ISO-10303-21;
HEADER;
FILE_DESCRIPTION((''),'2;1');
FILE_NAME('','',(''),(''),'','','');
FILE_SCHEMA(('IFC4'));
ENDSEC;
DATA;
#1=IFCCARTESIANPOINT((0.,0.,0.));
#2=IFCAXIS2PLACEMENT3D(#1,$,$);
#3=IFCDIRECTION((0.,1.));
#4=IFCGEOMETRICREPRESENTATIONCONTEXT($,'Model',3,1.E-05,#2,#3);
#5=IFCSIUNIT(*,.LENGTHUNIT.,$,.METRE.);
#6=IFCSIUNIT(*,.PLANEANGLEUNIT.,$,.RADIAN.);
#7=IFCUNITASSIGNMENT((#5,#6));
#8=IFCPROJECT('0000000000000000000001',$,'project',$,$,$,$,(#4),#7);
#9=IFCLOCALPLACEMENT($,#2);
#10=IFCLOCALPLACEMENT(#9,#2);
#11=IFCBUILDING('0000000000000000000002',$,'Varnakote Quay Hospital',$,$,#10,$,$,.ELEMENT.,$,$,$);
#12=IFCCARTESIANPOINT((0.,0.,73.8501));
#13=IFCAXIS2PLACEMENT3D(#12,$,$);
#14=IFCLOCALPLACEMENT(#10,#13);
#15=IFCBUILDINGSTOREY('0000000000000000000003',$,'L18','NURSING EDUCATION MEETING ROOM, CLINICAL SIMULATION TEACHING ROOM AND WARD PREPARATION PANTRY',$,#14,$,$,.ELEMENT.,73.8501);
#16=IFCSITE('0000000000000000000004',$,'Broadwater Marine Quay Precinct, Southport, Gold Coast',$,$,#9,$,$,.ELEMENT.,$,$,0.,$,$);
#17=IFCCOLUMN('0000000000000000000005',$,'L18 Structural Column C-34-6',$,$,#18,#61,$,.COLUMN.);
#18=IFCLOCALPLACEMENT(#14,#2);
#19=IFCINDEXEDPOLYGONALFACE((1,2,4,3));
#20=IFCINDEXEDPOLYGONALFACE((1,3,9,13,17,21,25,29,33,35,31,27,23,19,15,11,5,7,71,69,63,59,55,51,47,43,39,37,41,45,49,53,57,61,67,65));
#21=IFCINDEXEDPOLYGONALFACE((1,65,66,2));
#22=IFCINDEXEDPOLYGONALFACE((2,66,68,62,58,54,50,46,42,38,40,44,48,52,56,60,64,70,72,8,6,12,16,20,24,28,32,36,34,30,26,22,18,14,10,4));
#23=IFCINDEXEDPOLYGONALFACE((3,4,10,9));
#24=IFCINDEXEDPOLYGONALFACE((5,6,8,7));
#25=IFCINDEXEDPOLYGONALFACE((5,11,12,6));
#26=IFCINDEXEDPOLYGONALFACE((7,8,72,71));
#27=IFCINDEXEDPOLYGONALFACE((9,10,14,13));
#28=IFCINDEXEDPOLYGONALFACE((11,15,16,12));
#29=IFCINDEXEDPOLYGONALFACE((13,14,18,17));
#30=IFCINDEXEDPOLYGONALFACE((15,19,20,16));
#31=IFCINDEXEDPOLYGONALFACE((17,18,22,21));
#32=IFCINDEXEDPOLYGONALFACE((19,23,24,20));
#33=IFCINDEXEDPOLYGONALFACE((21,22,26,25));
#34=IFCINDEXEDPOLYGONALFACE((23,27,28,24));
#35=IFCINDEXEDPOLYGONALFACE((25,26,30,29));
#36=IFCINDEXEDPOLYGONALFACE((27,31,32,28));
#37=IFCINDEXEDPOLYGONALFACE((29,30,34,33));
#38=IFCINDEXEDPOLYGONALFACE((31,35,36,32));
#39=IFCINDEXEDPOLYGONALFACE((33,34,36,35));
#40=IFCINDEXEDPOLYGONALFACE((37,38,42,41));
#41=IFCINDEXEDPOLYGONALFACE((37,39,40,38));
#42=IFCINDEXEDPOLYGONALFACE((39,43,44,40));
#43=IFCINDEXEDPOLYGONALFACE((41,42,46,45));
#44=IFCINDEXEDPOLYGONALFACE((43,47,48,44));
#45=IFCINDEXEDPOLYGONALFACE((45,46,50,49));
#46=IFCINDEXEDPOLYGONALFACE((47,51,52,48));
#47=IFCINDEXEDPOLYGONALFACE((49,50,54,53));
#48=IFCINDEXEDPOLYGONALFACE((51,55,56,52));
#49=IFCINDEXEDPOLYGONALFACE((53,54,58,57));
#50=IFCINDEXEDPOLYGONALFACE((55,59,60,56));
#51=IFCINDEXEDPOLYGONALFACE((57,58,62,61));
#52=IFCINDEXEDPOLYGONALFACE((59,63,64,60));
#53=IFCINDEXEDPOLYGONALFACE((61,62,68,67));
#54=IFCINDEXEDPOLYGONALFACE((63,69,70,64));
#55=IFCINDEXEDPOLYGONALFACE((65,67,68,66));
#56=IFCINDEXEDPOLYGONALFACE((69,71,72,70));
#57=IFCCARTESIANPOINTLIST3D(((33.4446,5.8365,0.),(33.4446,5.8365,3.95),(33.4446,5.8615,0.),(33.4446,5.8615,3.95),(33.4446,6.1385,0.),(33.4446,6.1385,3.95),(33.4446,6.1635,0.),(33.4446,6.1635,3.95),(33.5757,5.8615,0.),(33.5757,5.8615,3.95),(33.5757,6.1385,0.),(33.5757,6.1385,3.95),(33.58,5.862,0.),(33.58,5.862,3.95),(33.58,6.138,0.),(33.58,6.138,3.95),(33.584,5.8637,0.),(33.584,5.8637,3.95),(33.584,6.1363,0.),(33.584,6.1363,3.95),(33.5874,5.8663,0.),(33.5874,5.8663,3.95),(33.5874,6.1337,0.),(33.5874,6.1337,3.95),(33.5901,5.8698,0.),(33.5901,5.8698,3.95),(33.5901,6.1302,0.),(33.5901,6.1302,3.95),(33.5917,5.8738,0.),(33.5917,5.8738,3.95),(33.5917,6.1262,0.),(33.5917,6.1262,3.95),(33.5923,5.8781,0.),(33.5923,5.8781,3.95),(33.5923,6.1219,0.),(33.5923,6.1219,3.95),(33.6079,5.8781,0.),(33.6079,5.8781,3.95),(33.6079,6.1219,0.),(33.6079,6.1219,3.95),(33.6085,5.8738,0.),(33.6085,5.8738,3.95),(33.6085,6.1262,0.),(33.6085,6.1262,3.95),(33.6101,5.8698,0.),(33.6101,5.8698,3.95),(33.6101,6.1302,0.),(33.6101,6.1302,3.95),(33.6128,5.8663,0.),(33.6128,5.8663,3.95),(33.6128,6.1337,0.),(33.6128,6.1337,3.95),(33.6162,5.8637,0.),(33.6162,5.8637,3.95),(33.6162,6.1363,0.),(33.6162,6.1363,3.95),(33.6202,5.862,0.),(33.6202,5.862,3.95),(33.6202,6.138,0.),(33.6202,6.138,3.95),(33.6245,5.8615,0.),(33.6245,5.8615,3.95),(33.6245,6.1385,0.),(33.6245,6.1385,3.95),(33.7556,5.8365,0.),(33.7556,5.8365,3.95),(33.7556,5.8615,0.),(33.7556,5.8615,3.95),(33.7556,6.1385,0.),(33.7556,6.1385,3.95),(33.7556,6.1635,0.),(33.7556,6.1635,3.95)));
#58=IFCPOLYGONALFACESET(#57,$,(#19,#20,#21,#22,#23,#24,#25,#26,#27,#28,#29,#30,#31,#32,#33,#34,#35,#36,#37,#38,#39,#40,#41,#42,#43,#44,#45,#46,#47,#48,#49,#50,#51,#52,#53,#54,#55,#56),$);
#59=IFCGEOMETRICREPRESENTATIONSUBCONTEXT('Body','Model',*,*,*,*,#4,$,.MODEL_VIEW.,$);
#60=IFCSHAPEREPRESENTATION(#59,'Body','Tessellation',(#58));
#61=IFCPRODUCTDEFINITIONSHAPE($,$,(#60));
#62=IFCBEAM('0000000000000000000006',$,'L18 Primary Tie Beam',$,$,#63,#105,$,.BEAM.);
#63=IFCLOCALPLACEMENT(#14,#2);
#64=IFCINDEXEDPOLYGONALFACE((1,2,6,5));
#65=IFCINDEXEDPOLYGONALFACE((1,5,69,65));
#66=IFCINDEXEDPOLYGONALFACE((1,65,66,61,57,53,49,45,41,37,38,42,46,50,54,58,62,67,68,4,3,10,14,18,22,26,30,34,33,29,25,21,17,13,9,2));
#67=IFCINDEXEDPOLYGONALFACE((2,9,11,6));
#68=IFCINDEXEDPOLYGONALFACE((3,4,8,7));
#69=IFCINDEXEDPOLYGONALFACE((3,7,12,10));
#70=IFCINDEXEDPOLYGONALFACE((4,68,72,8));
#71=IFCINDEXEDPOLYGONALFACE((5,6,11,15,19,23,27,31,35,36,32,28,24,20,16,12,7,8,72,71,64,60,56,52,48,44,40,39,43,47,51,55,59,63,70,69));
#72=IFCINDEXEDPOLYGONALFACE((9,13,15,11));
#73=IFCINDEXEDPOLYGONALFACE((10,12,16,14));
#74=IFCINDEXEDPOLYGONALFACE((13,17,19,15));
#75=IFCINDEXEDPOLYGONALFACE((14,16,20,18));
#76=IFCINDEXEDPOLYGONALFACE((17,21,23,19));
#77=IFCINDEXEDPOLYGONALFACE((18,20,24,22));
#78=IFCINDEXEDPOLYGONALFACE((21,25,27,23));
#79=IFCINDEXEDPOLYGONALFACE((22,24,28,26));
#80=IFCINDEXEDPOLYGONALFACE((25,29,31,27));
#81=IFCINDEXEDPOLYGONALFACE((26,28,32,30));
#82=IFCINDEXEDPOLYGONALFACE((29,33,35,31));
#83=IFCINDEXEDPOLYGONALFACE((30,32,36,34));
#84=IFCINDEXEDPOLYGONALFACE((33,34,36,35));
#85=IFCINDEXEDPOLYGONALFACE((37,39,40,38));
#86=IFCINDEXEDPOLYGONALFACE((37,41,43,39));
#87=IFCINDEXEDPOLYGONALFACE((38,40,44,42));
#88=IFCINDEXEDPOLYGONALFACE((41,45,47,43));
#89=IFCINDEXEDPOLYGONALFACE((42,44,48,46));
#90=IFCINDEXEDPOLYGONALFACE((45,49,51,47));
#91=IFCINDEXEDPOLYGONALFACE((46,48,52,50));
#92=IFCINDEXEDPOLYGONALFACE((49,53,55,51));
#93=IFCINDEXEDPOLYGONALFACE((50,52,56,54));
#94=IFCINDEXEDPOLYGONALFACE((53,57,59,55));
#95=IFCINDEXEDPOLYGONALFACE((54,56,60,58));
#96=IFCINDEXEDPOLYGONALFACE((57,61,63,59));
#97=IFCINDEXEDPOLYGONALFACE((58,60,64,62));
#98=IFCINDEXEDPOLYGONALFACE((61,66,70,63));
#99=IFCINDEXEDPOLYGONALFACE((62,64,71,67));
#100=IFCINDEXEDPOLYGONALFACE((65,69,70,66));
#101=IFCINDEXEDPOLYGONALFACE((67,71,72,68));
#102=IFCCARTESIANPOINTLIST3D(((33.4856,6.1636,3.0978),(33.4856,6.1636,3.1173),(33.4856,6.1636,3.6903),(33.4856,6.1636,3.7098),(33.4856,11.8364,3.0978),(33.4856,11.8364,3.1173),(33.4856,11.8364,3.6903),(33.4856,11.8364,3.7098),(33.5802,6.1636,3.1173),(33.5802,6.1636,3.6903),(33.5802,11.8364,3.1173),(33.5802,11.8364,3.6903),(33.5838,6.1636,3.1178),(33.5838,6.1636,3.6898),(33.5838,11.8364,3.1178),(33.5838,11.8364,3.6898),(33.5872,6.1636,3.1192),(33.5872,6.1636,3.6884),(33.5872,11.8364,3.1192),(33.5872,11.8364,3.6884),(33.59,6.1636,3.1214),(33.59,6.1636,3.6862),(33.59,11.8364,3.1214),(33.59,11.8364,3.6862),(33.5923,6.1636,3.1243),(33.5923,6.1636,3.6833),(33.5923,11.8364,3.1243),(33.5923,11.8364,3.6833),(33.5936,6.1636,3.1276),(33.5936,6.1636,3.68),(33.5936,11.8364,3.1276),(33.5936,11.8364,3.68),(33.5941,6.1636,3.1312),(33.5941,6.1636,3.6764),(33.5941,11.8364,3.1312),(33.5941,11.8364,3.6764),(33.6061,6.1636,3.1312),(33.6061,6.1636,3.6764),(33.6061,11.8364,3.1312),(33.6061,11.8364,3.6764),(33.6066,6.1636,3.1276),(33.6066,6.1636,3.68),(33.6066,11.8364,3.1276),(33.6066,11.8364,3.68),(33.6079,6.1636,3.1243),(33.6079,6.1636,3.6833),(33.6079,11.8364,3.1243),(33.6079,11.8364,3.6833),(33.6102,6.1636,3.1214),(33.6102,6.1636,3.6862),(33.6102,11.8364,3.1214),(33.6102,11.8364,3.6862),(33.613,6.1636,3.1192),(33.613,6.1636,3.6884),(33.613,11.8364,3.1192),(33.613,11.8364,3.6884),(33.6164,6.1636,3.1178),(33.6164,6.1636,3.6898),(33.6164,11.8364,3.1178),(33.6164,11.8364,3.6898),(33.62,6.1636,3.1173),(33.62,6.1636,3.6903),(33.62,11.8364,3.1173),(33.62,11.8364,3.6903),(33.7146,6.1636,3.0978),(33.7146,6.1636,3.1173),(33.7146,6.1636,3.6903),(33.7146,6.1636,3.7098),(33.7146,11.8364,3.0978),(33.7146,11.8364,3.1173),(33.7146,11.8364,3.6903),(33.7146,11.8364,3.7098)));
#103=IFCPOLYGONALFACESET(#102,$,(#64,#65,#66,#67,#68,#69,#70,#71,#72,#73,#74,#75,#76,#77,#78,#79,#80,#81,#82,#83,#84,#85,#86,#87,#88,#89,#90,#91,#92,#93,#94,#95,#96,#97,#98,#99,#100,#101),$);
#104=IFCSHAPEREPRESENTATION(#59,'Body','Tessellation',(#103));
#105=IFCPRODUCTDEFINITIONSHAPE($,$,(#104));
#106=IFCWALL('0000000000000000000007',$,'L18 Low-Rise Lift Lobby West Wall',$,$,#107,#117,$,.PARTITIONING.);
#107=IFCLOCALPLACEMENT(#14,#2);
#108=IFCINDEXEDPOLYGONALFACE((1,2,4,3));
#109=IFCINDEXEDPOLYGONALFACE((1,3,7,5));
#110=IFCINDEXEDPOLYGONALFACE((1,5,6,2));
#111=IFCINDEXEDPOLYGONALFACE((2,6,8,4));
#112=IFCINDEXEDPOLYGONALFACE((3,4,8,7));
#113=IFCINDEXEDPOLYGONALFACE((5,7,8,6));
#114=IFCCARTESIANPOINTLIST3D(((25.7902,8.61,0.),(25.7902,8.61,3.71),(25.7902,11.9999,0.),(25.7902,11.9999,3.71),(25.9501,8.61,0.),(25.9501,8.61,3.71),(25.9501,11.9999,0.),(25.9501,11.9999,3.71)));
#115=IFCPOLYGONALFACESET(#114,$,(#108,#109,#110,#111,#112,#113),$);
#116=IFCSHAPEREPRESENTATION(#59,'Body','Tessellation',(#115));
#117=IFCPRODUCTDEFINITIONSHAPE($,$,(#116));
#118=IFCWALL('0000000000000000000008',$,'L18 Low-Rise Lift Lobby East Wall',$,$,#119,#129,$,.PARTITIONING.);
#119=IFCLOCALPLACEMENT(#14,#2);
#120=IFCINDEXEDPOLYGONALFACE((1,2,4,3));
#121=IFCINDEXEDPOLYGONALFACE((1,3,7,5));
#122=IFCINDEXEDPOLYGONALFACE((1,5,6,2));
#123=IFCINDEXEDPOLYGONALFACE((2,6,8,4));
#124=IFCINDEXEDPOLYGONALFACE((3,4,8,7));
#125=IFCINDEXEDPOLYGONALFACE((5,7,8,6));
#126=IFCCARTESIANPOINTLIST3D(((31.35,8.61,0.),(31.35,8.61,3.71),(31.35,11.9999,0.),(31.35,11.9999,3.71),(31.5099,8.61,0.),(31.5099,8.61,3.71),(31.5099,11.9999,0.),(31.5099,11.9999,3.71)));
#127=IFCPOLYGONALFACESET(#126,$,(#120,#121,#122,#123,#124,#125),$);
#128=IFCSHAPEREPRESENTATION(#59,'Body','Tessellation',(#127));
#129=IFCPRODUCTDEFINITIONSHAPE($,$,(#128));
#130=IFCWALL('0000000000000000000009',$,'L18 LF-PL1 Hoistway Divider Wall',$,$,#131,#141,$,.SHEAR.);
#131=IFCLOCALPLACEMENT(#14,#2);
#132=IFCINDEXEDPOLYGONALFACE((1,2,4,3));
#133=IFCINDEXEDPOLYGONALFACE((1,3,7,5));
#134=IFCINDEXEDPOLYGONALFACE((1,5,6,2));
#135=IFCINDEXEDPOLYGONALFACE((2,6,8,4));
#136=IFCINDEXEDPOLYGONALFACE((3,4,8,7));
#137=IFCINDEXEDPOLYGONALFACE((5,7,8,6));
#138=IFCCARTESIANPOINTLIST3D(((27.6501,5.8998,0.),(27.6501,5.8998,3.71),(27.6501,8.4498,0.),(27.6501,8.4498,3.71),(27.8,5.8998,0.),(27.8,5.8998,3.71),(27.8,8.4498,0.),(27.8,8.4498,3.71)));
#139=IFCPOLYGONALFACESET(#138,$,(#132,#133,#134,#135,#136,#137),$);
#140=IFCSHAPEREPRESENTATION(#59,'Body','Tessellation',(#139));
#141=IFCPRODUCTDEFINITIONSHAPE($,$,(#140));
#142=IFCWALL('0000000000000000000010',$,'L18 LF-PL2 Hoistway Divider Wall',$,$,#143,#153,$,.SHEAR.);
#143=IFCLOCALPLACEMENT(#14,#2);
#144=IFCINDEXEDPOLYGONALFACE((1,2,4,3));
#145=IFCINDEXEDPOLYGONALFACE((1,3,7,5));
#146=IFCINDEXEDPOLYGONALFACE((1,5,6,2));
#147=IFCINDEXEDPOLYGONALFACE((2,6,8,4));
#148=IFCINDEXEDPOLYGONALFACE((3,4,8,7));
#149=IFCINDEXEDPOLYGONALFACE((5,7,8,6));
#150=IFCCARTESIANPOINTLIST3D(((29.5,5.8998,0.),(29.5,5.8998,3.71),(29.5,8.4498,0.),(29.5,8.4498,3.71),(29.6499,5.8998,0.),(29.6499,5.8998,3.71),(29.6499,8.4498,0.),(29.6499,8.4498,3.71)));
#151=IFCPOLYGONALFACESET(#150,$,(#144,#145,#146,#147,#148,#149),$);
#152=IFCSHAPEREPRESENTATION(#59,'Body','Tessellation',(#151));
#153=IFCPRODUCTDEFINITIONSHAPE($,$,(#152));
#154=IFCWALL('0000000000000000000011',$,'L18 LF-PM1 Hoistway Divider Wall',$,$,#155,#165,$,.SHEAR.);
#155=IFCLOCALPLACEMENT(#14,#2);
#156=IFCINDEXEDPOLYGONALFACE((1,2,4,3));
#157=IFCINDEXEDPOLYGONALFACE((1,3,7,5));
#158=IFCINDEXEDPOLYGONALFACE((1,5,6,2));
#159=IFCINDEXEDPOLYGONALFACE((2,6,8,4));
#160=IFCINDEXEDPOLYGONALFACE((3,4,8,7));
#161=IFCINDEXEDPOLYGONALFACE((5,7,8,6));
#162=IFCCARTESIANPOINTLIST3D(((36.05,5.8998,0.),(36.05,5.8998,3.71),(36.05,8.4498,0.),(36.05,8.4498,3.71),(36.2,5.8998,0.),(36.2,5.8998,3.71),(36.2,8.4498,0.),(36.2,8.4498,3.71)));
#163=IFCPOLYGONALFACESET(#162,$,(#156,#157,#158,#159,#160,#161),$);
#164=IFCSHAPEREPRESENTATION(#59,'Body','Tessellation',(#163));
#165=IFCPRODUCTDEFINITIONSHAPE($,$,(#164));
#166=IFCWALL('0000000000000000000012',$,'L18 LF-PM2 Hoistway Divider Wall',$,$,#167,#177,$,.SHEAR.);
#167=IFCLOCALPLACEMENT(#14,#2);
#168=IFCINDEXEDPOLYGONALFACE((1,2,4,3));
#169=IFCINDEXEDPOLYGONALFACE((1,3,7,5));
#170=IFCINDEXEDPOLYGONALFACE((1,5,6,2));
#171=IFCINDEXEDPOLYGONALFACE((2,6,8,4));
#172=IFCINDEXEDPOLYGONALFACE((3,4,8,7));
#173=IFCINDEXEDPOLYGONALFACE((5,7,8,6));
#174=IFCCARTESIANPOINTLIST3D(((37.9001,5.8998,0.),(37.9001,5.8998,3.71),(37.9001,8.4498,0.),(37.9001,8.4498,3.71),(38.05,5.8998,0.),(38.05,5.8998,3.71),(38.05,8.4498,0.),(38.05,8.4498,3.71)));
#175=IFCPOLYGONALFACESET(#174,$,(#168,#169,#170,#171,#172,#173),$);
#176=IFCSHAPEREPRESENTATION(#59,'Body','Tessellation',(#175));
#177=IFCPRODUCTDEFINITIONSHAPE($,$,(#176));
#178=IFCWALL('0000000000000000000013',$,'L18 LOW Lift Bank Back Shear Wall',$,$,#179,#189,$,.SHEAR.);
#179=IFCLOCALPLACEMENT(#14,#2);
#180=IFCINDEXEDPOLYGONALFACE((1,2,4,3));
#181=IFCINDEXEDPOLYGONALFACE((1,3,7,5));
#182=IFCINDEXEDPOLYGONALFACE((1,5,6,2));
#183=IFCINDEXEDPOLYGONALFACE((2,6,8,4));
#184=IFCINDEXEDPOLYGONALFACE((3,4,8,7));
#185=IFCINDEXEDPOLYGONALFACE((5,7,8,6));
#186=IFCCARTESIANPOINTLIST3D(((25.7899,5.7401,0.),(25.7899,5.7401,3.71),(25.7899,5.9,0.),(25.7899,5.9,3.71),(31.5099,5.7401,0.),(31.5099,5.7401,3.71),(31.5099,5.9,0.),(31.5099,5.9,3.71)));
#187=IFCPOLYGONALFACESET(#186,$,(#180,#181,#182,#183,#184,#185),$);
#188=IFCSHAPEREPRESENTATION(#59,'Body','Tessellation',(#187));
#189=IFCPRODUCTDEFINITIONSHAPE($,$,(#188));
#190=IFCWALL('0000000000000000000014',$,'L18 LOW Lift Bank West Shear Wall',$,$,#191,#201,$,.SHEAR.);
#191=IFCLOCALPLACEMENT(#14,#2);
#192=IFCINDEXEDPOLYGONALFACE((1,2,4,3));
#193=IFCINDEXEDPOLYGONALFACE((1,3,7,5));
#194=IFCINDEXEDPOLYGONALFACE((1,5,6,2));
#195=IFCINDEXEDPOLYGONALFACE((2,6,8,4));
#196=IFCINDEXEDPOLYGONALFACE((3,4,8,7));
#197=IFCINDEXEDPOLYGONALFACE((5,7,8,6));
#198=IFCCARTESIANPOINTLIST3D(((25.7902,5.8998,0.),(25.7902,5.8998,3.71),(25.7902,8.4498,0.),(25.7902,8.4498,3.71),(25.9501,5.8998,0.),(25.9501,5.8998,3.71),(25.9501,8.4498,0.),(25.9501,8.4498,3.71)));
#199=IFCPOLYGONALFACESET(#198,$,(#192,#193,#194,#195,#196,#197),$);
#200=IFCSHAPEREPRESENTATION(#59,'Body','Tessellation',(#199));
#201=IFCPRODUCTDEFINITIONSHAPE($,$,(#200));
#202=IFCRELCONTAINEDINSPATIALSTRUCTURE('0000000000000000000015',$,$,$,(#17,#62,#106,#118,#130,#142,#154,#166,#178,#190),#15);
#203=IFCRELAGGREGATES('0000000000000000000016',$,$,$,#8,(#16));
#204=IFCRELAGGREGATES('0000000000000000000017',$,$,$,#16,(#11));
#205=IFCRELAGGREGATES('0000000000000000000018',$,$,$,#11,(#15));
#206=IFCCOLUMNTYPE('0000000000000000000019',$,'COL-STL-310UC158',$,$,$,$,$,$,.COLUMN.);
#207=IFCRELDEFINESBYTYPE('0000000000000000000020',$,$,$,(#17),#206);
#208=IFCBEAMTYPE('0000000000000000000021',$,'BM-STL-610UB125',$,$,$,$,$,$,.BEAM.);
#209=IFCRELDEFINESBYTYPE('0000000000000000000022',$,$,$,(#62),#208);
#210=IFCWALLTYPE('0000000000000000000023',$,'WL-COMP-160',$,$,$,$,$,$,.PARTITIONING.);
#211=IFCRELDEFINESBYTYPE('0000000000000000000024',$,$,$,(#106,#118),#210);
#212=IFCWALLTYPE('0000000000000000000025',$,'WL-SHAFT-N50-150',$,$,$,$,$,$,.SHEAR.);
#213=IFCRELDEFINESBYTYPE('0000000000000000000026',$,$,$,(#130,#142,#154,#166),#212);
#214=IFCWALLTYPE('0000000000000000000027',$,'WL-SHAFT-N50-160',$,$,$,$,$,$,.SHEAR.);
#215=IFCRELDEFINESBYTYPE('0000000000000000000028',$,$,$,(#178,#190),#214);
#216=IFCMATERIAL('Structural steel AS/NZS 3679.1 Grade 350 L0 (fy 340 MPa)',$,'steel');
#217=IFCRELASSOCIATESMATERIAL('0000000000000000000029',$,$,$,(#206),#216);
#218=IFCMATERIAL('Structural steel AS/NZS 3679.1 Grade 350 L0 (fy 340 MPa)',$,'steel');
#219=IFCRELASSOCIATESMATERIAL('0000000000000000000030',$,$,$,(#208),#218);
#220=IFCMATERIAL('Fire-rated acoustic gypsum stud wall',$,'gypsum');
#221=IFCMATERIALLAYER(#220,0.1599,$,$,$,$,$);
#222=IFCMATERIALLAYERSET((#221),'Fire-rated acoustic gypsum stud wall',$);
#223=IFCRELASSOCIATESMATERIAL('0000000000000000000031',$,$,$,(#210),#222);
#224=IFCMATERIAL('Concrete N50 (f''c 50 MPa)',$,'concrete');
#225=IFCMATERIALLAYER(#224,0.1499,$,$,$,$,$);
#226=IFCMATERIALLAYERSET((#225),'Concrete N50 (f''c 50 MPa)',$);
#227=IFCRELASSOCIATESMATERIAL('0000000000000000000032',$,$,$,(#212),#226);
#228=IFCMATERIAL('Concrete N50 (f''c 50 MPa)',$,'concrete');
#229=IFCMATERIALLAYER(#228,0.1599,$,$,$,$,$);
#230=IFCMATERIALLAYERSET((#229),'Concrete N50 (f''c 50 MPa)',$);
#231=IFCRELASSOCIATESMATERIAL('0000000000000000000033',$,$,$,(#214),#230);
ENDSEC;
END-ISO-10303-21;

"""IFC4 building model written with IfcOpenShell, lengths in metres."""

from ifc_helpers import new_model, si_unit, direction, frame, frame_2d, origin, origin_2d, place, context, subcontext, project, spatial, rectangle, i_section, extrude, material, layer, layer_set, material_profile, profile_set, type_object, element, save


model = new_model("IFC4")

# Units and contexts
model_context = context("Model", 3, precision=1e-05, world=origin(), true_north=direction((0.0, 1.0)))
body_context = subcontext(model_context, "Body", "Model", "MODEL_VIEW")
ifc_project = project(units=[si_unit("LENGTHUNIT", "METRE"), si_unit("PLANEANGLEUNIT", "RADIAN")], contexts=[model_context])

# Site, building, storey
site_placement = place(None, origin())
site = spatial("IfcSite", under=ifc_project, at=site_placement, Name="Broadwater Marine Quay Precinct, Southport, Gold Coast", CompositionType="ELEMENT", RefElevation=0.0)
building_placement = place(site_placement, origin())
building = spatial("IfcBuilding", under=site, at=building_placement, Name="Varnakote Quay Hospital", CompositionType="ELEMENT")
storey_placement = place(building_placement, frame((0.0, 0.0, 73.8501)))
storey = spatial("IfcBuildingStorey", under=building, at=storey_placement, Name="L18", Description="NURSING EDUCATION MEETING ROOM, CLINICAL SIMULATION TEACHING ROOM AND WARD PREPARATION PANTRY", CompositionType="ELEMENT", Elevation=73.8501)

# Column
ifc_material_1 = material(Name="Structural steel AS/NZS 3679.1 Grade 350 L0 (fy 340 MPa)", Category="steel")
ifc_material_profile_1 = material_profile(ifc_material_1, i_section(OverallWidth=0.311, OverallDepth=0.3269, WebThickness=0.0156, FlangeThickness=0.0249, FilletRadius=0.0166, at=origin_2d()), Name="310UC158")
ifc_profile_set_1 = profile_set([ifc_material_profile_1], Name="Structural steel AS/NZS 3679.1 Grade 350 L0 (fy 340 MPa)")
column_type = type_object("IfcColumnType", Name="COL-STL-310UC158", PredefinedType="COLUMN", material=ifc_profile_set_1)
column_placement = place(storey_placement, frame((33.6001, 6.0, 0.0), z_axis=(0.0, 0.0, 1.0), x_axis=(1.0, 0.0, 0.0)))
element("IfcColumn", 1, at=column_placement, inside=storey, type_object=column_type, Name="L18 Structural Column C-34-6", PredefinedType="COLUMN", context=body_context, shape_type="SweptSolid", body=[
    extrude(i_section(OverallWidth=0.311, OverallDepth=0.3269, WebThickness=0.0156, FlangeThickness=0.0249, FilletRadius=0.0166, at=origin_2d()), origin(), (0.0, 0.0, 1.0), 3.95),
])

# Beam
ifc_material_2 = material(Name="Structural steel AS/NZS 3679.1 Grade 350 L0 (fy 340 MPa)", Category="steel")
ifc_material_profile_2 = material_profile(ifc_material_2, i_section(OverallWidth=0.229, OverallDepth=0.6121, WebThickness=0.012, FlangeThickness=0.0195, FilletRadius=0.0139, at=origin_2d()), Name="610UB125")
ifc_profile_set_2 = profile_set([ifc_material_profile_2], Name="Structural steel AS/NZS 3679.1 Grade 350 L0 (fy 340 MPa)")
beam_type = type_object("IfcBeamType", Name="BM-STL-610UB125", PredefinedType="BEAM", material=ifc_profile_set_2)
beam_placement = place(storey_placement, frame((33.6001, 6.1636, 3.4038), z_axis=(0.0, 1.0, 0.0), x_axis=(-1.0, 0.0, 0.0)))
element("IfcBeam", 2, at=beam_placement, inside=storey, type_object=beam_type, Name="L18 Primary Tie Beam", PredefinedType="BEAM", context=body_context, shape_type="SweptSolid", body=[
    extrude(i_section(OverallWidth=0.229, OverallDepth=0.6121, WebThickness=0.012, FlangeThickness=0.0195, FilletRadius=0.0139, at=origin_2d()), origin(), (0.0, 0.0, 1.0), 5.6729),
])

# Walls
ifc_material_3 = material(Name="Fire-rated acoustic gypsum stud wall", Category="gypsum")
ifc_layer_1 = layer(ifc_material_3, 0.1599)
ifc_layer_set_1 = layer_set([ifc_layer_1], Name="Fire-rated acoustic gypsum stud wall")
wall_type_1 = type_object("IfcWallType", Name="WL-COMP-160", PredefinedType="PARTITIONING", material=ifc_layer_set_1)
for number, where, z_axis, x_axis, name in (
    (3, (25.8701, 8.6101, 0.0), (0.0, 0.0, 1.0), (0.0, 1.0, 0.0), "L18 Low-Rise Lift Lobby West Wall"),
    (4, (31.4299, 8.6101, 0.0), (0.0, 0.0, 1.0), (0.0, 1.0, 0.0), "L18 Low-Rise Lift Lobby East Wall"),
):
    element("IfcWall", number, at=place(storey_placement, frame(where, z_axis=z_axis, x_axis=x_axis)), inside=storey, type_object=wall_type_1, Name=name, PredefinedType="PARTITIONING", context=body_context, shape_type="SweptSolid", body=[
        extrude(rectangle(XDim=3.3899, YDim=0.1599, at=frame_2d((1.6948, 0.0))), origin(), (0.0, 0.0, 1.0), 3.71),
    ])
ifc_material_4 = material(Name="Concrete N50 (f'c 50 MPa)", Category="concrete")
ifc_layer_2 = layer(ifc_material_4, 0.1499)
ifc_layer_set_2 = layer_set([ifc_layer_2], Name="Concrete N50 (f'c 50 MPa)")
wall_type_2 = type_object("IfcWallType", Name="WL-SHAFT-N50-150", PredefinedType="SHEAR", material=ifc_layer_set_2)
for number, where, z_axis, x_axis, name in (
    (5, (27.7251, 5.8999, 0.0), (0.0, 0.0, 1.0), (0.0, 1.0, 0.0), "L18 LF-PL1 Hoistway Divider Wall"),
    (6, (29.575, 5.8999, 0.0), (0.0, 0.0, 1.0), (0.0, 1.0, 0.0), "L18 LF-PL2 Hoistway Divider Wall"),
    (7, (36.125, 5.8999, 0.0), (0.0, 0.0, 1.0), (0.0, 1.0, 0.0), "L18 LF-PM1 Hoistway Divider Wall"),
    (8, (37.9751, 5.8999, 0.0), (0.0, 0.0, 1.0), (0.0, 1.0, 0.0), "L18 LF-PM2 Hoistway Divider Wall"),
):
    element("IfcWall", number, at=place(storey_placement, frame(where, z_axis=z_axis, x_axis=x_axis)), inside=storey, type_object=wall_type_2, Name=name, PredefinedType="SHEAR", context=body_context, shape_type="SweptSolid", body=[
        extrude(rectangle(XDim=2.55, YDim=0.1499, at=frame_2d((1.2749, 0.0))), origin(), (0.0, 0.0, 1.0), 3.71),
    ])
ifc_material_5 = material(Name="Concrete N50 (f'c 50 MPa)", Category="concrete")
ifc_layer_3 = layer(ifc_material_5, 0.1599)
ifc_layer_set_3 = layer_set([ifc_layer_3], Name="Concrete N50 (f'c 50 MPa)")
wall_type_3 = type_object("IfcWallType", Name="WL-SHAFT-N50-160", PredefinedType="SHEAR", material=ifc_layer_set_3)
wall_1_placement = place(storey_placement, frame((25.79, 5.8201, 0.0), z_axis=(0.0, 0.0, 1.0), x_axis=(1.0, 0.0, 0.0)))
element("IfcWall", 9, at=wall_1_placement, inside=storey, type_object=wall_type_3, Name="L18 LOW Lift Bank Back Shear Wall", PredefinedType="SHEAR", context=body_context, shape_type="SweptSolid", body=[
    extrude(rectangle(XDim=5.72, YDim=0.1599, at=frame_2d((2.8599, 0.0))), origin(), (0.0, 0.0, 1.0), 3.71),
])
for number, where, z_axis, x_axis, name in (
    (10, (25.8701, 5.8999, 0.0), (0.0, 0.0, 1.0), (0.0, 1.0, 0.0), "L18 LOW Lift Bank West Shear Wall"),
):
    element("IfcWall", number, at=place(storey_placement, frame(where, z_axis=z_axis, x_axis=x_axis)), inside=storey, type_object=wall_type_3, Name=name, PredefinedType="SHEAR", context=body_context, shape_type="SweptSolid", body=[
        extrude(rectangle(XDim=2.55, YDim=0.1599, at=frame_2d((1.2749, 0.0))), origin(), (0.0, 0.0, 1.0), 3.71),
    ])

save(model, "model.ifc")
